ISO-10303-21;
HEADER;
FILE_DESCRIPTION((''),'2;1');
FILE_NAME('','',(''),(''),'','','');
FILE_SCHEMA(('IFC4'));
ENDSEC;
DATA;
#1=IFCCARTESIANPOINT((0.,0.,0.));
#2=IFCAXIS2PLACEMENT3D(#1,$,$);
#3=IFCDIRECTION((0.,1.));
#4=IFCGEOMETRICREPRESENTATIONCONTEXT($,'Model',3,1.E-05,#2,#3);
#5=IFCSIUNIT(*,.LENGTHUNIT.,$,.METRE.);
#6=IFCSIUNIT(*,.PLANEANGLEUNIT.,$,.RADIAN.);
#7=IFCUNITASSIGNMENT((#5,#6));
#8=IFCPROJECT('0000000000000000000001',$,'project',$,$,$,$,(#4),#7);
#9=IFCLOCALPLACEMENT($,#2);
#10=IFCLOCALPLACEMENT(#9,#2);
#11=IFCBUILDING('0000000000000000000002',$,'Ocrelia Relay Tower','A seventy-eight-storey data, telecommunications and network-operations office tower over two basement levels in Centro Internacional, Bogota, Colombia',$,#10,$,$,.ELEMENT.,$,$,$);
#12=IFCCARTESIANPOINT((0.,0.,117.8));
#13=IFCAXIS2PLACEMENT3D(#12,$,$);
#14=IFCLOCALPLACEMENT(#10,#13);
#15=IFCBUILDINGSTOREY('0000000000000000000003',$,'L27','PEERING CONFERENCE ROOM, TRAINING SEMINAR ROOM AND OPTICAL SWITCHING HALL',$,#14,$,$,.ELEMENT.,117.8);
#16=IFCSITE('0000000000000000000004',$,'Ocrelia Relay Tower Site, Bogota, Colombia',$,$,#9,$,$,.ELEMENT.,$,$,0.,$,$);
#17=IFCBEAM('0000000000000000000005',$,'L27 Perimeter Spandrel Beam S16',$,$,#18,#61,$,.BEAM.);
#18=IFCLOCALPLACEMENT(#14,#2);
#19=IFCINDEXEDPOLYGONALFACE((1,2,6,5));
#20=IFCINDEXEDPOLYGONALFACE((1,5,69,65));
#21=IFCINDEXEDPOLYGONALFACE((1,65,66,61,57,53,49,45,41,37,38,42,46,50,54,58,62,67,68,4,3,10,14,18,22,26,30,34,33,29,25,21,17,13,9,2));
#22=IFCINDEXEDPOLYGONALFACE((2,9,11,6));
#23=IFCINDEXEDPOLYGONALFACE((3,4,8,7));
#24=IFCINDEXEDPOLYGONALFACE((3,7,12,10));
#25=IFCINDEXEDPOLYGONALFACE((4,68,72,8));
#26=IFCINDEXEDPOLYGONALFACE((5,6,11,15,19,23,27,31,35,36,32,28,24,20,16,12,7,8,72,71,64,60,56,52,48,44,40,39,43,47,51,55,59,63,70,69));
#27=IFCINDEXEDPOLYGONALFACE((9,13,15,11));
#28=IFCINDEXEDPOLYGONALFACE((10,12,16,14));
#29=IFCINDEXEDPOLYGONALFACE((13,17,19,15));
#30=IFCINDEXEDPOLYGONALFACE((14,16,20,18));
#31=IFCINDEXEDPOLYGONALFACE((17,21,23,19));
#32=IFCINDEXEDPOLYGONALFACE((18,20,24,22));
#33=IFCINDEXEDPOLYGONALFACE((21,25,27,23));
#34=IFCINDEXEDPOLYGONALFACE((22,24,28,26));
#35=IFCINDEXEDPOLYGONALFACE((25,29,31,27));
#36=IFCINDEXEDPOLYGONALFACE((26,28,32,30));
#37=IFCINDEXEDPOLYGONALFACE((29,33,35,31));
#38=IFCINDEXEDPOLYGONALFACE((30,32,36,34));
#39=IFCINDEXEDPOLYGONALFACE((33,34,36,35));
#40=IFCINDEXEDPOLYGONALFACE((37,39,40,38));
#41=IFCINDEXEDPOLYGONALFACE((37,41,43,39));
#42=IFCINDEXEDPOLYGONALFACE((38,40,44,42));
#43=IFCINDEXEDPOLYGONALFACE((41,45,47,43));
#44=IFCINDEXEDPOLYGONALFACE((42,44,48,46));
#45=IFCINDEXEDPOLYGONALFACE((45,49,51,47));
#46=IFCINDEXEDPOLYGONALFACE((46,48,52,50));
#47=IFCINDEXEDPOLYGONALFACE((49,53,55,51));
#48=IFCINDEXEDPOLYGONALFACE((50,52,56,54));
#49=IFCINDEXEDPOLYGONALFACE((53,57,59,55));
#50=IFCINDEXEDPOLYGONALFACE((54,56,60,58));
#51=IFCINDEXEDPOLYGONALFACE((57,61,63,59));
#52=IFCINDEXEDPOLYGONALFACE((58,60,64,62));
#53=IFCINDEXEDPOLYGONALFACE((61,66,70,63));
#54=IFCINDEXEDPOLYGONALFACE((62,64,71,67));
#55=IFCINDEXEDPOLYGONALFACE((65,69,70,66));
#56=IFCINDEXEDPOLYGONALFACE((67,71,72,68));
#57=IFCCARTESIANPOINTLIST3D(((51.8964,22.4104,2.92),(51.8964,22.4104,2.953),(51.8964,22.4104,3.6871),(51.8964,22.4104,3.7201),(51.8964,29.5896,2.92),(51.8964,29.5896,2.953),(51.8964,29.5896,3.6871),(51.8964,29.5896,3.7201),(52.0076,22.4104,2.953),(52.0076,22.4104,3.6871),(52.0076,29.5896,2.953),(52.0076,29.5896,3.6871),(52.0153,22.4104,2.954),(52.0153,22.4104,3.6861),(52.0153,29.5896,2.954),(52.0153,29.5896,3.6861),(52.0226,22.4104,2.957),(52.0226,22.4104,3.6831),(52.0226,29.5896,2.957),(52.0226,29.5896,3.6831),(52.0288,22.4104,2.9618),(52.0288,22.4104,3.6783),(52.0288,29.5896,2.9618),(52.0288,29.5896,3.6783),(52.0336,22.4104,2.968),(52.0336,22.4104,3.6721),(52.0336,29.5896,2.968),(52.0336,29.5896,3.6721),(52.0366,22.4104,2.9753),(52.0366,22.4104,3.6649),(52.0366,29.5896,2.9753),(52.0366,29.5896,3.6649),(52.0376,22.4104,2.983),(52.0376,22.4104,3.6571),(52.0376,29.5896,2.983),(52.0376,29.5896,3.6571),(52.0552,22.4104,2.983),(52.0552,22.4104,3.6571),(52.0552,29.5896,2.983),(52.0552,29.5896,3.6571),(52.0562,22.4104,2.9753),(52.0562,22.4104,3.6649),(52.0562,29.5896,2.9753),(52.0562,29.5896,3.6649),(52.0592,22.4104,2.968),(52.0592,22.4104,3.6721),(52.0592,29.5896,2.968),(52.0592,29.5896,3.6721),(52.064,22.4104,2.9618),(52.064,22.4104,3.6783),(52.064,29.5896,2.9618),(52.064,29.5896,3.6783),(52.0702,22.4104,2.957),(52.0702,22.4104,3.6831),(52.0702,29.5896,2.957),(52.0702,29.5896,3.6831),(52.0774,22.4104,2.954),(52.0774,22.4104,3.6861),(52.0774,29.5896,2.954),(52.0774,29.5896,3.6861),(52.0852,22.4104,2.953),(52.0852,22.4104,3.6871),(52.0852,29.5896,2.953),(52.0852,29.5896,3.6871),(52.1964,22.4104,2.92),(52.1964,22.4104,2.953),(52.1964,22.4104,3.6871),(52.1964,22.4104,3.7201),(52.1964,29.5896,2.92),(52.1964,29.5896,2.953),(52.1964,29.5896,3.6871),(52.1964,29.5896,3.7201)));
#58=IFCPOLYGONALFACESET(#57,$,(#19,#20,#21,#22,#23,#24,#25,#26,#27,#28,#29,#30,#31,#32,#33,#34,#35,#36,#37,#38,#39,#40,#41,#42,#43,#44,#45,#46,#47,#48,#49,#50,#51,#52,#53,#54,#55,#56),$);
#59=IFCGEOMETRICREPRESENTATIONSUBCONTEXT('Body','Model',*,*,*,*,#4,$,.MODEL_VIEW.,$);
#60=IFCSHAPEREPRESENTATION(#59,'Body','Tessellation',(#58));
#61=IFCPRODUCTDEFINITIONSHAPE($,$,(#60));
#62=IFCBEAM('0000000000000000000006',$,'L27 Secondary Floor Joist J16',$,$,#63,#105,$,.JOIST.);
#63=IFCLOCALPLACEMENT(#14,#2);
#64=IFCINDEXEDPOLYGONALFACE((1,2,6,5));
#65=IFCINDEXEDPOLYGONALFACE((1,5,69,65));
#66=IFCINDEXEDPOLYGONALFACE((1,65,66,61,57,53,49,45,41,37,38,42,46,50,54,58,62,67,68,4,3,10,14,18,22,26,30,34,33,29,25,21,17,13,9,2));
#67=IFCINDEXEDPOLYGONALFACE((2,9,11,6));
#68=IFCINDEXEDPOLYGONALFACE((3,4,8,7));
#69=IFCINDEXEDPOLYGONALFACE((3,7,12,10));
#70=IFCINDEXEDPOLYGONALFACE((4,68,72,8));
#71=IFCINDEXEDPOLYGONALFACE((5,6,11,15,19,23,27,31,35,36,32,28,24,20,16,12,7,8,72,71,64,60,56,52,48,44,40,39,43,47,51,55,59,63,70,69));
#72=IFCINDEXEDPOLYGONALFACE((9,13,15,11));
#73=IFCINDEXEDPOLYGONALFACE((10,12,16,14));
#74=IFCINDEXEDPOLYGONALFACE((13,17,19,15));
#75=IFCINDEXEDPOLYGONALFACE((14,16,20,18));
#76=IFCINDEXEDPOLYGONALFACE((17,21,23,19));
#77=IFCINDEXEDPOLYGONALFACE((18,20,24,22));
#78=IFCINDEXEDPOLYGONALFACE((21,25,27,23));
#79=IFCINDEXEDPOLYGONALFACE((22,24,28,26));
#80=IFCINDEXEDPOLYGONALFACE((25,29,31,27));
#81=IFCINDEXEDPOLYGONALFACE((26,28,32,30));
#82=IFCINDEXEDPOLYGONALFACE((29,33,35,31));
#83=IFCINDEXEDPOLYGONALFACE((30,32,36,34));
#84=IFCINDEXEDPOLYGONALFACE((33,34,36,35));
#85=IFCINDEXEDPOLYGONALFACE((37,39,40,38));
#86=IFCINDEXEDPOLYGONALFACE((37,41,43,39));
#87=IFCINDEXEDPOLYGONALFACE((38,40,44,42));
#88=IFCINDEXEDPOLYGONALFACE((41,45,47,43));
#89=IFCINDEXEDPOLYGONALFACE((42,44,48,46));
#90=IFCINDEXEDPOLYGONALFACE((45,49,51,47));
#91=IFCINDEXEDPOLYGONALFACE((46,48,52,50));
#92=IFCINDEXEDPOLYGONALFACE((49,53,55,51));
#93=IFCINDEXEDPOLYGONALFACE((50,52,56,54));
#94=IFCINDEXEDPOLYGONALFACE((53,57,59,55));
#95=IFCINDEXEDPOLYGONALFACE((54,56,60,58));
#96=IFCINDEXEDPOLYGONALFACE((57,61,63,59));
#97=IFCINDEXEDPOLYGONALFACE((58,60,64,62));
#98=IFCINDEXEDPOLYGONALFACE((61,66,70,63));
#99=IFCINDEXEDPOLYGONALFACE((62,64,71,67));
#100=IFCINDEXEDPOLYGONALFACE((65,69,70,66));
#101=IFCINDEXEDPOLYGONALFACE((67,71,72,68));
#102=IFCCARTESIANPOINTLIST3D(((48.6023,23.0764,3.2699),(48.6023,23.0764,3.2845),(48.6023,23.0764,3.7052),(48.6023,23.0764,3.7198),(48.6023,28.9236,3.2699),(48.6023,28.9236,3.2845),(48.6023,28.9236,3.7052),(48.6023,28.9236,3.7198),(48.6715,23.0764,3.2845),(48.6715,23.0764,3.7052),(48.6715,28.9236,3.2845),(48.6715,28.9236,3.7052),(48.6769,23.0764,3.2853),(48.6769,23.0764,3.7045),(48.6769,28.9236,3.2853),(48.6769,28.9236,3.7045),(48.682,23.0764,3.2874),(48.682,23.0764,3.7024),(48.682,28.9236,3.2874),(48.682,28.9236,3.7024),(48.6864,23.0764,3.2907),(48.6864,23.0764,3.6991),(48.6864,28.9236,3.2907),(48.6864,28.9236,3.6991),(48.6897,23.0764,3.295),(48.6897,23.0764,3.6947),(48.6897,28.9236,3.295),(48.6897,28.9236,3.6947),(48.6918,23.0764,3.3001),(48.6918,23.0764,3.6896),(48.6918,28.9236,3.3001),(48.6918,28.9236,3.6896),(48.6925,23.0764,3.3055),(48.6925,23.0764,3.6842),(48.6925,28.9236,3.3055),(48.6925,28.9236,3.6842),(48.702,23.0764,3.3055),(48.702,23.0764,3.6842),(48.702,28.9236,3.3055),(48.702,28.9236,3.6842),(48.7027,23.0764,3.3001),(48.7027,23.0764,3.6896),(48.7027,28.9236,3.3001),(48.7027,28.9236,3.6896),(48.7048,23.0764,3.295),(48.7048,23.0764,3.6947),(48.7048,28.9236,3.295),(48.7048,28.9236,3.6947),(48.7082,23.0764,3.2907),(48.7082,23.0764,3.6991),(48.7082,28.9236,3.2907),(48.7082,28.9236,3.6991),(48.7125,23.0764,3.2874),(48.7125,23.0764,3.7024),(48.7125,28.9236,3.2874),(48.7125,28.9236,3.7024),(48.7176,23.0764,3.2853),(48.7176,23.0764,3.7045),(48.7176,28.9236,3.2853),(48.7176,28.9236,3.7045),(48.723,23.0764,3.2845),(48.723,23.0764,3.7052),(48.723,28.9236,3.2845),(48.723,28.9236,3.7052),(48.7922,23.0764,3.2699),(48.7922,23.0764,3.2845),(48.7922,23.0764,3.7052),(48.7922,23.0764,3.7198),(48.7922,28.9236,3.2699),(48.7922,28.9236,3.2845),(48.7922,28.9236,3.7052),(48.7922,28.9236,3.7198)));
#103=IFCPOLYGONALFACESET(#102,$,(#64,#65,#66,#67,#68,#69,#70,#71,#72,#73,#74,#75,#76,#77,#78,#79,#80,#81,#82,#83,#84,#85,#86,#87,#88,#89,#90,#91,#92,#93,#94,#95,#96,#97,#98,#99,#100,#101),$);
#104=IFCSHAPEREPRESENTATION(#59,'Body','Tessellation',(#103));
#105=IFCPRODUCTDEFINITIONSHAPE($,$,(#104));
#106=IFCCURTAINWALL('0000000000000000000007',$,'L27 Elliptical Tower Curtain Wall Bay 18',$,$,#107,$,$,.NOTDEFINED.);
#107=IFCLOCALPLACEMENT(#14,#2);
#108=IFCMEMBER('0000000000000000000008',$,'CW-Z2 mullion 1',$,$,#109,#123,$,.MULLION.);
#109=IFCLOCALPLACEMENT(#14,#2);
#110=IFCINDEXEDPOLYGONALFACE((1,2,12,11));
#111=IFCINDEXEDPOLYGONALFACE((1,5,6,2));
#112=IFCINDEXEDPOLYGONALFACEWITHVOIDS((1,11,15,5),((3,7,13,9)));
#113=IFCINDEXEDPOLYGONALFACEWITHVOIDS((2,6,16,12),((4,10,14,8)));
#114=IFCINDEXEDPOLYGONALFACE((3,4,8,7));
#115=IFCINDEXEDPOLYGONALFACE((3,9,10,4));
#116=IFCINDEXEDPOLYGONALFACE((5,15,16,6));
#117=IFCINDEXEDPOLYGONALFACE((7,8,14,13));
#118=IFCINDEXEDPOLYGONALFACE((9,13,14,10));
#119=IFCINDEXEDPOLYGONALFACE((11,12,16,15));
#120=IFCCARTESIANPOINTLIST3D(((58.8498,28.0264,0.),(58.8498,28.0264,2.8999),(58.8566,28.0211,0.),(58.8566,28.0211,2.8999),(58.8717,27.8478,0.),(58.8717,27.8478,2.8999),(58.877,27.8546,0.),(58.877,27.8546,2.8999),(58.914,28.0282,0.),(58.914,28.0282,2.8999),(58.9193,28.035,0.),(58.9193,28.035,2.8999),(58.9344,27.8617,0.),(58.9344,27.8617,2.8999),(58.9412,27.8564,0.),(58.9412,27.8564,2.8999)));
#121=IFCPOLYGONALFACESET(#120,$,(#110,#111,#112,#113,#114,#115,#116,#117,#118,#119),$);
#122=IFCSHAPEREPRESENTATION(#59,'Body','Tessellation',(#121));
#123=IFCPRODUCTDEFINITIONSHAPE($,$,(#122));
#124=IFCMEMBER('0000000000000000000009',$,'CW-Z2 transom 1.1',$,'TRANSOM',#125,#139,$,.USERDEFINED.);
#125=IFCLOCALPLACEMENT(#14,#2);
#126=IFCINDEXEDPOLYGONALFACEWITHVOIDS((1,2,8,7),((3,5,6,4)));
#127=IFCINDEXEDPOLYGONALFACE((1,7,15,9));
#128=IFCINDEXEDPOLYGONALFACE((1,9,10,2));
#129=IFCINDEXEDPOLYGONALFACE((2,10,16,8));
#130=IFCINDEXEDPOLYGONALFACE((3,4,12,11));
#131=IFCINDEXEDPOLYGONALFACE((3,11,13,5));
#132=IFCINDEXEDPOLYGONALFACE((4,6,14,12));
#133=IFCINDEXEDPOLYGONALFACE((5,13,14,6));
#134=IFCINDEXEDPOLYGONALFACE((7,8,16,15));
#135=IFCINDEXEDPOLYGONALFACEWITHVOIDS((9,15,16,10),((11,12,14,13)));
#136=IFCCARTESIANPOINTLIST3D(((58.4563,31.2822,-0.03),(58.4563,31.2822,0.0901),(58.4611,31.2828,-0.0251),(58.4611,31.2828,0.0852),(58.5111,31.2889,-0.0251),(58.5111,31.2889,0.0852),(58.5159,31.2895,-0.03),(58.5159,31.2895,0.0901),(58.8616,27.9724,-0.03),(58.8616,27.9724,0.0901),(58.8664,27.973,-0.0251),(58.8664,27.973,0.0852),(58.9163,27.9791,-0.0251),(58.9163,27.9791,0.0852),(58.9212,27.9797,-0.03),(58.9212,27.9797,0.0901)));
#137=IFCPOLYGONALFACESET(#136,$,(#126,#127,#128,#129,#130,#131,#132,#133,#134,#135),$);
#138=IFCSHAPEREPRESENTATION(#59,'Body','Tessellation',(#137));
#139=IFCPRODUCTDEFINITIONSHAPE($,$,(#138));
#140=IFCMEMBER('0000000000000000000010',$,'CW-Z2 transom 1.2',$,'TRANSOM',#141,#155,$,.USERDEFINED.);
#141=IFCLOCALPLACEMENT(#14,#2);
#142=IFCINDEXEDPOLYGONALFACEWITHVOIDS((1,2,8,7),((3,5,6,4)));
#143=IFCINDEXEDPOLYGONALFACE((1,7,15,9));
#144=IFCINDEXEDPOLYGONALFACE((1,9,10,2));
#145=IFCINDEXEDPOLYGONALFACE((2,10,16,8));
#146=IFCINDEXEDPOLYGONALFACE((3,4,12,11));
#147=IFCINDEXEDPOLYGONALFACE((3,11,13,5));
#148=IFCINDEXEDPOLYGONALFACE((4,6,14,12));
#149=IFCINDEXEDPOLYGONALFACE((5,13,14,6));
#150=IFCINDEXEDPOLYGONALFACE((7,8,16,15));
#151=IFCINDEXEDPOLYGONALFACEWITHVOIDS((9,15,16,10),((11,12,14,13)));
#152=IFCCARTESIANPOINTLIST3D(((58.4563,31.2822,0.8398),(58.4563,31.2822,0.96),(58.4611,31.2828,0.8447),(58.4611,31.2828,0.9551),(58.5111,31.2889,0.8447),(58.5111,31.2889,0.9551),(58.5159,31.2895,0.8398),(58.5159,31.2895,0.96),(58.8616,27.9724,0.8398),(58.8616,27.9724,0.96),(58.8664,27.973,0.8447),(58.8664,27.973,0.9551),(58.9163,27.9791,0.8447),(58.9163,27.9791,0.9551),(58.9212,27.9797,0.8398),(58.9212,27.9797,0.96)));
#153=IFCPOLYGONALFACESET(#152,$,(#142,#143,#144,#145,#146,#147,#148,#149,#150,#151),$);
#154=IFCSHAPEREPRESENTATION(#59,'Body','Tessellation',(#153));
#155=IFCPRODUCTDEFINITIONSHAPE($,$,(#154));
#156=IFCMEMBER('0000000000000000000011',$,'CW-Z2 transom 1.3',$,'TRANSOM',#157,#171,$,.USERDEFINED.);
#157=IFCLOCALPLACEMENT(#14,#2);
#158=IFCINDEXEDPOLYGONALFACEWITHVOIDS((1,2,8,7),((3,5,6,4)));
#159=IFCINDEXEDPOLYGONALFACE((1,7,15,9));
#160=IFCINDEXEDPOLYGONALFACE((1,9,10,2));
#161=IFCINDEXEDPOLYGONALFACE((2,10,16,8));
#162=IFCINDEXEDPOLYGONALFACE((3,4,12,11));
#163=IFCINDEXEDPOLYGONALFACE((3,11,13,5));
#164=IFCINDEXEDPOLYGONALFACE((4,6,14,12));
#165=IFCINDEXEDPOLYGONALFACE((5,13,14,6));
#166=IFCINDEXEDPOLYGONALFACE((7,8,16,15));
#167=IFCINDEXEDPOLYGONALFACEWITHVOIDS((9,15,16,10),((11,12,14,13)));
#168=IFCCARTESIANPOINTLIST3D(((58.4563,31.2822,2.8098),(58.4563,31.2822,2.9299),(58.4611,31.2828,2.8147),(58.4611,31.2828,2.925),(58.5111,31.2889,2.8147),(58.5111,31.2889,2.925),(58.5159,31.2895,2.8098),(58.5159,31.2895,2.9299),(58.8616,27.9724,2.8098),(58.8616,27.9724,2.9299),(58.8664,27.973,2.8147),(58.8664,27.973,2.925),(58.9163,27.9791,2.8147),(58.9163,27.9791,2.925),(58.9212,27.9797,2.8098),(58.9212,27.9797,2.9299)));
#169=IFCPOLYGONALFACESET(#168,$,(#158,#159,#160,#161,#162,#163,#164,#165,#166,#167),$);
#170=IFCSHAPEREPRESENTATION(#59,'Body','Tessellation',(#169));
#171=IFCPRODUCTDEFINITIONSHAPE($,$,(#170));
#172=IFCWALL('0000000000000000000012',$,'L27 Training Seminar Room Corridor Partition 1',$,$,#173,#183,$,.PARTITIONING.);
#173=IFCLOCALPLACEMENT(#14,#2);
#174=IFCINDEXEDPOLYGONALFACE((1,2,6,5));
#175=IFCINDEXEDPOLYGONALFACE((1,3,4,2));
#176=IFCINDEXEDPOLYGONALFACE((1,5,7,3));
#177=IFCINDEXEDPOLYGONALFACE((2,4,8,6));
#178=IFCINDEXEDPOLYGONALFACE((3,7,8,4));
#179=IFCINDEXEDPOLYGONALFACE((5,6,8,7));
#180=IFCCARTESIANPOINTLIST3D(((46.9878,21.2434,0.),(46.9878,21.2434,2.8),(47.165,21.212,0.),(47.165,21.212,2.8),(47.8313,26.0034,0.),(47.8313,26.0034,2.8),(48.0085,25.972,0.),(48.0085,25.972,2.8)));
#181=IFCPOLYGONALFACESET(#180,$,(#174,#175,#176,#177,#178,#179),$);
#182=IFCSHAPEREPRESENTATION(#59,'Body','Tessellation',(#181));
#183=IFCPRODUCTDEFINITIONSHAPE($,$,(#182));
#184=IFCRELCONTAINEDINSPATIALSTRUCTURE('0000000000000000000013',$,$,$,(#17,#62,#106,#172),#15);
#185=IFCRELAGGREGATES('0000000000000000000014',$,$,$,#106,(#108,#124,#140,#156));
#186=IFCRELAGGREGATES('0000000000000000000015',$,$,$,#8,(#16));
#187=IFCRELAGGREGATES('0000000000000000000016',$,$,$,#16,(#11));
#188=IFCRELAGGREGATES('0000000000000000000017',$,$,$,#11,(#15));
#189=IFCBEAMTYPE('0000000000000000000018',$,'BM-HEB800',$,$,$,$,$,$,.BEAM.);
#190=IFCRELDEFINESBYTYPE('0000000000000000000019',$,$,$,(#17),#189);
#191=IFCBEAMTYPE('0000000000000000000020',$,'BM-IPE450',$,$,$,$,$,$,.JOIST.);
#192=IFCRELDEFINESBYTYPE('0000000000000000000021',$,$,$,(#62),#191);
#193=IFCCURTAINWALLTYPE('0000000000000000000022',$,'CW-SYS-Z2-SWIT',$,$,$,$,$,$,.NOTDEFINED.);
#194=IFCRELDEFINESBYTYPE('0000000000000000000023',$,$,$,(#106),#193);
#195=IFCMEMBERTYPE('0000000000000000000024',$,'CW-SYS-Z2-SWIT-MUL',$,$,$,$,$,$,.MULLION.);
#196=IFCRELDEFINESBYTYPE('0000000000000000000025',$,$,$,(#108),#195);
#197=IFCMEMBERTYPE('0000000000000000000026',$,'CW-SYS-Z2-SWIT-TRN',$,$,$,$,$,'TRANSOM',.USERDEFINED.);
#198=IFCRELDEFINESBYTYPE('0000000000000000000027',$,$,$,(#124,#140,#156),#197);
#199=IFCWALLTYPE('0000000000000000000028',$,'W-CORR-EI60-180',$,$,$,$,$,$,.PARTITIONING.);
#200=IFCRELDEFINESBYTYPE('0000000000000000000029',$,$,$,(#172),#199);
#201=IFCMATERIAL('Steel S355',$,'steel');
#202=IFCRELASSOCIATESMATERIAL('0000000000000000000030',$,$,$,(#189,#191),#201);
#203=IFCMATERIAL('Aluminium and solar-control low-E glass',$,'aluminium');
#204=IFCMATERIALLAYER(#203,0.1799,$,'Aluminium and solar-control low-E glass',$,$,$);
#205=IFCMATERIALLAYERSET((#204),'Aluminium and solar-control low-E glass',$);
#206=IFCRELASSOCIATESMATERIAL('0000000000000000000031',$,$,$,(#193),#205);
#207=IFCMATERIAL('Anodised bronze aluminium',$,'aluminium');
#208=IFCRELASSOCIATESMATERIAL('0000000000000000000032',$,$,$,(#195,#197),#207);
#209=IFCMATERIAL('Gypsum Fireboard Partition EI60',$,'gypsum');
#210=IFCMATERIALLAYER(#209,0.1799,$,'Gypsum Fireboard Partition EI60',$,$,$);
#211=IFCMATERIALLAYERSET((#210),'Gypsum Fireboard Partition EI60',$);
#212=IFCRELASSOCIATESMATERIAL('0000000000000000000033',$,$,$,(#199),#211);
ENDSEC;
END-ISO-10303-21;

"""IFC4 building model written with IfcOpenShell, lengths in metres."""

from ifc_helpers import new_model, si_unit, direction, frame, frame_2d, origin, origin_2d, place, context, subcontext, project, spatial, rectangle, hollow_rectangle, i_section, extrude, material, layer, layer_set, material_profile, profile_set, type_object, element, aggregate, save


model = new_model("IFC4")

# Units and contexts
model_context = context("Model", 3, precision=1e-05, world=origin(), true_north=direction((0.0, 1.0)))
body_context = subcontext(model_context, "Body", "Model", "MODEL_VIEW")
ifc_project = project(units=[si_unit("LENGTHUNIT", "METRE"), si_unit("PLANEANGLEUNIT", "RADIAN")], contexts=[model_context])

# Site, building, storey
site_placement = place(None, origin())
site = spatial("IfcSite", under=ifc_project, at=site_placement, Name="Ocrelia Relay Tower Site, Bogota, Colombia", CompositionType="ELEMENT", RefElevation=0.0)
building_placement = place(site_placement, origin())
building = spatial("IfcBuilding", under=site, at=building_placement, Name="Ocrelia Relay Tower", Description="A seventy-eight-storey data, telecommunications and network-operations office tower over two basement levels in Centro Internacional, Bogota, Colombia", CompositionType="ELEMENT")
storey_placement = place(building_placement, frame((0.0, 0.0, 117.8)))
storey = spatial("IfcBuildingStorey", under=building, at=storey_placement, Name="L27", Description="PEERING CONFERENCE ROOM, TRAINING SEMINAR ROOM AND OPTICAL SWITCHING HALL", CompositionType="ELEMENT", Elevation=117.8)

# Beams
ifc_material_1 = material(Name="Steel S355", Category="steel")
ifc_material_profile_1 = material_profile(ifc_material_1, i_section(OverallWidth=0.3, OverallDepth=0.8, WebThickness=0.0176, FlangeThickness=0.033, FilletRadius=0.03, at=origin_2d()), Name="HEB 800")
ifc_profile_set_1 = profile_set([ifc_material_profile_1], Name="Steel S355")
beam_type_1 = type_object("IfcBeamType", Name="BM-HEB800", PredefinedType="BEAM", material=ifc_profile_set_1)
beam_1_placement = place(storey_placement, frame((52.0464, 22.4104, 3.3201), z_axis=(0.0, 1.0, 0.0), x_axis=(-1.0, 0.0, 0.0)))
element("IfcBeam", 1, at=beam_1_placement, inside=storey, type_object=beam_type_1, Name="L27 Perimeter Spandrel Beam S16", PredefinedType="BEAM", context=body_context, shape_type="SweptSolid", body=[
    extrude(i_section(OverallWidth=0.3, OverallDepth=0.8, WebThickness=0.0176, FlangeThickness=0.033, FilletRadius=0.03, at=origin_2d()), origin(), (0.0, 0.0, 1.0), 7.1792),
])
ifc_material_profile_2 = material_profile(ifc_material_1, i_section(OverallWidth=0.1899, OverallDepth=0.45, WebThickness=0.0095, FlangeThickness=0.0146, FilletRadius=0.021, at=origin_2d()), Name="IPE 450")
ifc_profile_set_2 = profile_set([ifc_material_profile_2], Name="Steel S355")
beam_type_2 = type_object("IfcBeamType", Name="BM-IPE450", PredefinedType="JOIST", material=ifc_profile_set_2)
beam_2_placement = place(storey_placement, frame((48.6973, 23.0764, 3.4949), z_axis=(0.0, 1.0, 0.0), x_axis=(-1.0, 0.0, 0.0)))
element("IfcBeam", 2, at=beam_2_placement, inside=storey, type_object=beam_type_2, Name="L27 Secondary Floor Joist J16", PredefinedType="JOIST", context=body_context, shape_type="SweptSolid", body=[
    extrude(i_section(OverallWidth=0.1899, OverallDepth=0.45, WebThickness=0.0095, FlangeThickness=0.0146, FilletRadius=0.021, at=origin_2d()), origin(), (0.0, 0.0, 1.0), 5.8472),
])

# Curtain wall, members
ifc_material_2 = material(Name="Aluminium and solar-control low-E glass", Category="aluminium")
ifc_layer_1 = layer(ifc_material_2, 0.1799, Name="Aluminium and solar-control low-E glass")
ifc_layer_set_1 = layer_set([ifc_layer_1], Name="Aluminium and solar-control low-E glass")
curtain_wall_type = type_object("IfcCurtainWallType", Name="CW-SYS-Z2-SWIT", PredefinedType="NOTDEFINED", material=ifc_layer_set_1)
curtain_wall_placement = place(storey_placement, origin())
curtain_wall = element("IfcCurtainWall", 3, at=curtain_wall_placement, inside=storey, type_object=curtain_wall_type, Name="L27 Elliptical Tower Curtain Wall Bay 18", PredefinedType="NOTDEFINED")
ifc_material_3 = material(Name="Anodised bronze aluminium", Category="aluminium")
ifc_material_profile_3 = material_profile(ifc_material_3, hollow_rectangle(XDim=0.0701, YDim=0.1799, WallThickness=0.0061, at=origin_2d()), Name="CW-MUL-180x70")
ifc_profile_set_3 = profile_set([ifc_material_profile_3], Name="Anodised bronze aluminium")
member_type_1 = type_object("IfcMemberType", Name="CW-SYS-Z2-SWIT-MUL", PredefinedType="MULLION", material=ifc_profile_set_3)
member_1_placement = place(storey_placement, frame((58.8955, 27.9414, 0.0), z_axis=(0.0, 0.0, 1.0), x_axis=(-0.992588, -0.121528, 0.0)))
member_1 = element("IfcMember", 4, at=member_1_placement, type_object=member_type_1, Name="CW-Z2 mullion 1", PredefinedType="MULLION", context=body_context, shape_type="SweptSolid", body=[
    extrude(hollow_rectangle(XDim=0.0701, YDim=0.1799, WallThickness=0.0061, at=origin_2d()), origin(), (0.0, 0.0, 1.0), 2.8999),
])
ifc_material_profile_4 = material_profile(ifc_material_3, hollow_rectangle(XDim=0.0601, YDim=0.1201, WallThickness=0.0049, at=origin_2d()), Name="CW-TRN-120x60")
ifc_profile_set_4 = profile_set([ifc_material_profile_4], Name="Anodised bronze aluminium")
member_type_2 = type_object("IfcMemberType", Name="CW-SYS-Z2-SWIT-TRN", ElementType="TRANSOM", PredefinedType="USERDEFINED", material=ifc_profile_set_4)
member_2_placement = place(storey_placement, frame((58.8914, 27.9761, 0.03), z_axis=(-0.121538, 0.992587, 0.0), x_axis=(-0.992587, -0.121538, 0.0)))
member_2 = element("IfcMember", 5, at=member_2_placement, type_object=member_type_2, Name="CW-Z2 transom 1.1", ObjectType="TRANSOM", PredefinedType="USERDEFINED", context=body_context, shape_type="SweptSolid", body=[
    extrude(hollow_rectangle(XDim=0.0601, YDim=0.1201, WallThickness=0.0049, at=origin_2d()), origin(), (0.0, 0.0, 1.0), 3.3345),
])
member_3_placement = place(storey_placement, frame((58.8914, 27.9761, 0.8999), z_axis=(-0.121538, 0.992587, 0.0), x_axis=(-0.992587, -0.121538, 0.0)))
member_3 = element("IfcMember", 6, at=member_3_placement, type_object=member_type_2, Name="CW-Z2 transom 1.2", ObjectType="TRANSOM", PredefinedType="USERDEFINED", context=body_context, shape_type="SweptSolid", body=[
    extrude(hollow_rectangle(XDim=0.0601, YDim=0.1201, WallThickness=0.0049, at=origin_2d()), origin(), (0.0, 0.0, 1.0), 3.3345),
])
member_4_placement = place(storey_placement, frame((58.8914, 27.9761, 2.8699), z_axis=(-0.121538, 0.992587, 0.0), x_axis=(-0.992587, -0.121538, 0.0)))
member_4 = element("IfcMember", 7, at=member_4_placement, type_object=member_type_2, Name="CW-Z2 transom 1.3", ObjectType="TRANSOM", PredefinedType="USERDEFINED", context=body_context, shape_type="SweptSolid", body=[
    extrude(hollow_rectangle(XDim=0.0601, YDim=0.1201, WallThickness=0.0049, at=origin_2d()), origin(), (0.0, 0.0, 1.0), 3.3345),
])
aggregate(curtain_wall, [member_1, member_2, member_3, member_4])

# Wall
ifc_material_4 = material(Name="Gypsum Fireboard Partition EI60", Category="gypsum")
ifc_layer_2 = layer(ifc_material_4, 0.1799, Name="Gypsum Fireboard Partition EI60")
ifc_layer_set_2 = layer_set([ifc_layer_2], Name="Gypsum Fireboard Partition EI60")
wall_type_1 = type_object("IfcWallType", Name="W-CORR-EI60-180", PredefinedType="PARTITIONING", material=ifc_layer_set_2)
wall_1_placement = place(storey_placement, frame((47.0764, 21.2278, 0.0), z_axis=(0.0, 0.0, 1.0), x_axis=(0.174488, 0.984659, 0.0)))
element("IfcWall", 8, at=wall_1_placement, inside=storey, type_object=wall_type_1, Name="L27 Training Seminar Room Corridor Partition 1", PredefinedType="PARTITIONING", context=body_context, shape_type="SweptSolid", body=[
    extrude(rectangle(XDim=4.8342, YDim=0.1799, at=frame_2d((2.417, 0.0))), origin(), (0.0, 0.0, 1.0), 2.8),
])

save(model, "model.ifc")
